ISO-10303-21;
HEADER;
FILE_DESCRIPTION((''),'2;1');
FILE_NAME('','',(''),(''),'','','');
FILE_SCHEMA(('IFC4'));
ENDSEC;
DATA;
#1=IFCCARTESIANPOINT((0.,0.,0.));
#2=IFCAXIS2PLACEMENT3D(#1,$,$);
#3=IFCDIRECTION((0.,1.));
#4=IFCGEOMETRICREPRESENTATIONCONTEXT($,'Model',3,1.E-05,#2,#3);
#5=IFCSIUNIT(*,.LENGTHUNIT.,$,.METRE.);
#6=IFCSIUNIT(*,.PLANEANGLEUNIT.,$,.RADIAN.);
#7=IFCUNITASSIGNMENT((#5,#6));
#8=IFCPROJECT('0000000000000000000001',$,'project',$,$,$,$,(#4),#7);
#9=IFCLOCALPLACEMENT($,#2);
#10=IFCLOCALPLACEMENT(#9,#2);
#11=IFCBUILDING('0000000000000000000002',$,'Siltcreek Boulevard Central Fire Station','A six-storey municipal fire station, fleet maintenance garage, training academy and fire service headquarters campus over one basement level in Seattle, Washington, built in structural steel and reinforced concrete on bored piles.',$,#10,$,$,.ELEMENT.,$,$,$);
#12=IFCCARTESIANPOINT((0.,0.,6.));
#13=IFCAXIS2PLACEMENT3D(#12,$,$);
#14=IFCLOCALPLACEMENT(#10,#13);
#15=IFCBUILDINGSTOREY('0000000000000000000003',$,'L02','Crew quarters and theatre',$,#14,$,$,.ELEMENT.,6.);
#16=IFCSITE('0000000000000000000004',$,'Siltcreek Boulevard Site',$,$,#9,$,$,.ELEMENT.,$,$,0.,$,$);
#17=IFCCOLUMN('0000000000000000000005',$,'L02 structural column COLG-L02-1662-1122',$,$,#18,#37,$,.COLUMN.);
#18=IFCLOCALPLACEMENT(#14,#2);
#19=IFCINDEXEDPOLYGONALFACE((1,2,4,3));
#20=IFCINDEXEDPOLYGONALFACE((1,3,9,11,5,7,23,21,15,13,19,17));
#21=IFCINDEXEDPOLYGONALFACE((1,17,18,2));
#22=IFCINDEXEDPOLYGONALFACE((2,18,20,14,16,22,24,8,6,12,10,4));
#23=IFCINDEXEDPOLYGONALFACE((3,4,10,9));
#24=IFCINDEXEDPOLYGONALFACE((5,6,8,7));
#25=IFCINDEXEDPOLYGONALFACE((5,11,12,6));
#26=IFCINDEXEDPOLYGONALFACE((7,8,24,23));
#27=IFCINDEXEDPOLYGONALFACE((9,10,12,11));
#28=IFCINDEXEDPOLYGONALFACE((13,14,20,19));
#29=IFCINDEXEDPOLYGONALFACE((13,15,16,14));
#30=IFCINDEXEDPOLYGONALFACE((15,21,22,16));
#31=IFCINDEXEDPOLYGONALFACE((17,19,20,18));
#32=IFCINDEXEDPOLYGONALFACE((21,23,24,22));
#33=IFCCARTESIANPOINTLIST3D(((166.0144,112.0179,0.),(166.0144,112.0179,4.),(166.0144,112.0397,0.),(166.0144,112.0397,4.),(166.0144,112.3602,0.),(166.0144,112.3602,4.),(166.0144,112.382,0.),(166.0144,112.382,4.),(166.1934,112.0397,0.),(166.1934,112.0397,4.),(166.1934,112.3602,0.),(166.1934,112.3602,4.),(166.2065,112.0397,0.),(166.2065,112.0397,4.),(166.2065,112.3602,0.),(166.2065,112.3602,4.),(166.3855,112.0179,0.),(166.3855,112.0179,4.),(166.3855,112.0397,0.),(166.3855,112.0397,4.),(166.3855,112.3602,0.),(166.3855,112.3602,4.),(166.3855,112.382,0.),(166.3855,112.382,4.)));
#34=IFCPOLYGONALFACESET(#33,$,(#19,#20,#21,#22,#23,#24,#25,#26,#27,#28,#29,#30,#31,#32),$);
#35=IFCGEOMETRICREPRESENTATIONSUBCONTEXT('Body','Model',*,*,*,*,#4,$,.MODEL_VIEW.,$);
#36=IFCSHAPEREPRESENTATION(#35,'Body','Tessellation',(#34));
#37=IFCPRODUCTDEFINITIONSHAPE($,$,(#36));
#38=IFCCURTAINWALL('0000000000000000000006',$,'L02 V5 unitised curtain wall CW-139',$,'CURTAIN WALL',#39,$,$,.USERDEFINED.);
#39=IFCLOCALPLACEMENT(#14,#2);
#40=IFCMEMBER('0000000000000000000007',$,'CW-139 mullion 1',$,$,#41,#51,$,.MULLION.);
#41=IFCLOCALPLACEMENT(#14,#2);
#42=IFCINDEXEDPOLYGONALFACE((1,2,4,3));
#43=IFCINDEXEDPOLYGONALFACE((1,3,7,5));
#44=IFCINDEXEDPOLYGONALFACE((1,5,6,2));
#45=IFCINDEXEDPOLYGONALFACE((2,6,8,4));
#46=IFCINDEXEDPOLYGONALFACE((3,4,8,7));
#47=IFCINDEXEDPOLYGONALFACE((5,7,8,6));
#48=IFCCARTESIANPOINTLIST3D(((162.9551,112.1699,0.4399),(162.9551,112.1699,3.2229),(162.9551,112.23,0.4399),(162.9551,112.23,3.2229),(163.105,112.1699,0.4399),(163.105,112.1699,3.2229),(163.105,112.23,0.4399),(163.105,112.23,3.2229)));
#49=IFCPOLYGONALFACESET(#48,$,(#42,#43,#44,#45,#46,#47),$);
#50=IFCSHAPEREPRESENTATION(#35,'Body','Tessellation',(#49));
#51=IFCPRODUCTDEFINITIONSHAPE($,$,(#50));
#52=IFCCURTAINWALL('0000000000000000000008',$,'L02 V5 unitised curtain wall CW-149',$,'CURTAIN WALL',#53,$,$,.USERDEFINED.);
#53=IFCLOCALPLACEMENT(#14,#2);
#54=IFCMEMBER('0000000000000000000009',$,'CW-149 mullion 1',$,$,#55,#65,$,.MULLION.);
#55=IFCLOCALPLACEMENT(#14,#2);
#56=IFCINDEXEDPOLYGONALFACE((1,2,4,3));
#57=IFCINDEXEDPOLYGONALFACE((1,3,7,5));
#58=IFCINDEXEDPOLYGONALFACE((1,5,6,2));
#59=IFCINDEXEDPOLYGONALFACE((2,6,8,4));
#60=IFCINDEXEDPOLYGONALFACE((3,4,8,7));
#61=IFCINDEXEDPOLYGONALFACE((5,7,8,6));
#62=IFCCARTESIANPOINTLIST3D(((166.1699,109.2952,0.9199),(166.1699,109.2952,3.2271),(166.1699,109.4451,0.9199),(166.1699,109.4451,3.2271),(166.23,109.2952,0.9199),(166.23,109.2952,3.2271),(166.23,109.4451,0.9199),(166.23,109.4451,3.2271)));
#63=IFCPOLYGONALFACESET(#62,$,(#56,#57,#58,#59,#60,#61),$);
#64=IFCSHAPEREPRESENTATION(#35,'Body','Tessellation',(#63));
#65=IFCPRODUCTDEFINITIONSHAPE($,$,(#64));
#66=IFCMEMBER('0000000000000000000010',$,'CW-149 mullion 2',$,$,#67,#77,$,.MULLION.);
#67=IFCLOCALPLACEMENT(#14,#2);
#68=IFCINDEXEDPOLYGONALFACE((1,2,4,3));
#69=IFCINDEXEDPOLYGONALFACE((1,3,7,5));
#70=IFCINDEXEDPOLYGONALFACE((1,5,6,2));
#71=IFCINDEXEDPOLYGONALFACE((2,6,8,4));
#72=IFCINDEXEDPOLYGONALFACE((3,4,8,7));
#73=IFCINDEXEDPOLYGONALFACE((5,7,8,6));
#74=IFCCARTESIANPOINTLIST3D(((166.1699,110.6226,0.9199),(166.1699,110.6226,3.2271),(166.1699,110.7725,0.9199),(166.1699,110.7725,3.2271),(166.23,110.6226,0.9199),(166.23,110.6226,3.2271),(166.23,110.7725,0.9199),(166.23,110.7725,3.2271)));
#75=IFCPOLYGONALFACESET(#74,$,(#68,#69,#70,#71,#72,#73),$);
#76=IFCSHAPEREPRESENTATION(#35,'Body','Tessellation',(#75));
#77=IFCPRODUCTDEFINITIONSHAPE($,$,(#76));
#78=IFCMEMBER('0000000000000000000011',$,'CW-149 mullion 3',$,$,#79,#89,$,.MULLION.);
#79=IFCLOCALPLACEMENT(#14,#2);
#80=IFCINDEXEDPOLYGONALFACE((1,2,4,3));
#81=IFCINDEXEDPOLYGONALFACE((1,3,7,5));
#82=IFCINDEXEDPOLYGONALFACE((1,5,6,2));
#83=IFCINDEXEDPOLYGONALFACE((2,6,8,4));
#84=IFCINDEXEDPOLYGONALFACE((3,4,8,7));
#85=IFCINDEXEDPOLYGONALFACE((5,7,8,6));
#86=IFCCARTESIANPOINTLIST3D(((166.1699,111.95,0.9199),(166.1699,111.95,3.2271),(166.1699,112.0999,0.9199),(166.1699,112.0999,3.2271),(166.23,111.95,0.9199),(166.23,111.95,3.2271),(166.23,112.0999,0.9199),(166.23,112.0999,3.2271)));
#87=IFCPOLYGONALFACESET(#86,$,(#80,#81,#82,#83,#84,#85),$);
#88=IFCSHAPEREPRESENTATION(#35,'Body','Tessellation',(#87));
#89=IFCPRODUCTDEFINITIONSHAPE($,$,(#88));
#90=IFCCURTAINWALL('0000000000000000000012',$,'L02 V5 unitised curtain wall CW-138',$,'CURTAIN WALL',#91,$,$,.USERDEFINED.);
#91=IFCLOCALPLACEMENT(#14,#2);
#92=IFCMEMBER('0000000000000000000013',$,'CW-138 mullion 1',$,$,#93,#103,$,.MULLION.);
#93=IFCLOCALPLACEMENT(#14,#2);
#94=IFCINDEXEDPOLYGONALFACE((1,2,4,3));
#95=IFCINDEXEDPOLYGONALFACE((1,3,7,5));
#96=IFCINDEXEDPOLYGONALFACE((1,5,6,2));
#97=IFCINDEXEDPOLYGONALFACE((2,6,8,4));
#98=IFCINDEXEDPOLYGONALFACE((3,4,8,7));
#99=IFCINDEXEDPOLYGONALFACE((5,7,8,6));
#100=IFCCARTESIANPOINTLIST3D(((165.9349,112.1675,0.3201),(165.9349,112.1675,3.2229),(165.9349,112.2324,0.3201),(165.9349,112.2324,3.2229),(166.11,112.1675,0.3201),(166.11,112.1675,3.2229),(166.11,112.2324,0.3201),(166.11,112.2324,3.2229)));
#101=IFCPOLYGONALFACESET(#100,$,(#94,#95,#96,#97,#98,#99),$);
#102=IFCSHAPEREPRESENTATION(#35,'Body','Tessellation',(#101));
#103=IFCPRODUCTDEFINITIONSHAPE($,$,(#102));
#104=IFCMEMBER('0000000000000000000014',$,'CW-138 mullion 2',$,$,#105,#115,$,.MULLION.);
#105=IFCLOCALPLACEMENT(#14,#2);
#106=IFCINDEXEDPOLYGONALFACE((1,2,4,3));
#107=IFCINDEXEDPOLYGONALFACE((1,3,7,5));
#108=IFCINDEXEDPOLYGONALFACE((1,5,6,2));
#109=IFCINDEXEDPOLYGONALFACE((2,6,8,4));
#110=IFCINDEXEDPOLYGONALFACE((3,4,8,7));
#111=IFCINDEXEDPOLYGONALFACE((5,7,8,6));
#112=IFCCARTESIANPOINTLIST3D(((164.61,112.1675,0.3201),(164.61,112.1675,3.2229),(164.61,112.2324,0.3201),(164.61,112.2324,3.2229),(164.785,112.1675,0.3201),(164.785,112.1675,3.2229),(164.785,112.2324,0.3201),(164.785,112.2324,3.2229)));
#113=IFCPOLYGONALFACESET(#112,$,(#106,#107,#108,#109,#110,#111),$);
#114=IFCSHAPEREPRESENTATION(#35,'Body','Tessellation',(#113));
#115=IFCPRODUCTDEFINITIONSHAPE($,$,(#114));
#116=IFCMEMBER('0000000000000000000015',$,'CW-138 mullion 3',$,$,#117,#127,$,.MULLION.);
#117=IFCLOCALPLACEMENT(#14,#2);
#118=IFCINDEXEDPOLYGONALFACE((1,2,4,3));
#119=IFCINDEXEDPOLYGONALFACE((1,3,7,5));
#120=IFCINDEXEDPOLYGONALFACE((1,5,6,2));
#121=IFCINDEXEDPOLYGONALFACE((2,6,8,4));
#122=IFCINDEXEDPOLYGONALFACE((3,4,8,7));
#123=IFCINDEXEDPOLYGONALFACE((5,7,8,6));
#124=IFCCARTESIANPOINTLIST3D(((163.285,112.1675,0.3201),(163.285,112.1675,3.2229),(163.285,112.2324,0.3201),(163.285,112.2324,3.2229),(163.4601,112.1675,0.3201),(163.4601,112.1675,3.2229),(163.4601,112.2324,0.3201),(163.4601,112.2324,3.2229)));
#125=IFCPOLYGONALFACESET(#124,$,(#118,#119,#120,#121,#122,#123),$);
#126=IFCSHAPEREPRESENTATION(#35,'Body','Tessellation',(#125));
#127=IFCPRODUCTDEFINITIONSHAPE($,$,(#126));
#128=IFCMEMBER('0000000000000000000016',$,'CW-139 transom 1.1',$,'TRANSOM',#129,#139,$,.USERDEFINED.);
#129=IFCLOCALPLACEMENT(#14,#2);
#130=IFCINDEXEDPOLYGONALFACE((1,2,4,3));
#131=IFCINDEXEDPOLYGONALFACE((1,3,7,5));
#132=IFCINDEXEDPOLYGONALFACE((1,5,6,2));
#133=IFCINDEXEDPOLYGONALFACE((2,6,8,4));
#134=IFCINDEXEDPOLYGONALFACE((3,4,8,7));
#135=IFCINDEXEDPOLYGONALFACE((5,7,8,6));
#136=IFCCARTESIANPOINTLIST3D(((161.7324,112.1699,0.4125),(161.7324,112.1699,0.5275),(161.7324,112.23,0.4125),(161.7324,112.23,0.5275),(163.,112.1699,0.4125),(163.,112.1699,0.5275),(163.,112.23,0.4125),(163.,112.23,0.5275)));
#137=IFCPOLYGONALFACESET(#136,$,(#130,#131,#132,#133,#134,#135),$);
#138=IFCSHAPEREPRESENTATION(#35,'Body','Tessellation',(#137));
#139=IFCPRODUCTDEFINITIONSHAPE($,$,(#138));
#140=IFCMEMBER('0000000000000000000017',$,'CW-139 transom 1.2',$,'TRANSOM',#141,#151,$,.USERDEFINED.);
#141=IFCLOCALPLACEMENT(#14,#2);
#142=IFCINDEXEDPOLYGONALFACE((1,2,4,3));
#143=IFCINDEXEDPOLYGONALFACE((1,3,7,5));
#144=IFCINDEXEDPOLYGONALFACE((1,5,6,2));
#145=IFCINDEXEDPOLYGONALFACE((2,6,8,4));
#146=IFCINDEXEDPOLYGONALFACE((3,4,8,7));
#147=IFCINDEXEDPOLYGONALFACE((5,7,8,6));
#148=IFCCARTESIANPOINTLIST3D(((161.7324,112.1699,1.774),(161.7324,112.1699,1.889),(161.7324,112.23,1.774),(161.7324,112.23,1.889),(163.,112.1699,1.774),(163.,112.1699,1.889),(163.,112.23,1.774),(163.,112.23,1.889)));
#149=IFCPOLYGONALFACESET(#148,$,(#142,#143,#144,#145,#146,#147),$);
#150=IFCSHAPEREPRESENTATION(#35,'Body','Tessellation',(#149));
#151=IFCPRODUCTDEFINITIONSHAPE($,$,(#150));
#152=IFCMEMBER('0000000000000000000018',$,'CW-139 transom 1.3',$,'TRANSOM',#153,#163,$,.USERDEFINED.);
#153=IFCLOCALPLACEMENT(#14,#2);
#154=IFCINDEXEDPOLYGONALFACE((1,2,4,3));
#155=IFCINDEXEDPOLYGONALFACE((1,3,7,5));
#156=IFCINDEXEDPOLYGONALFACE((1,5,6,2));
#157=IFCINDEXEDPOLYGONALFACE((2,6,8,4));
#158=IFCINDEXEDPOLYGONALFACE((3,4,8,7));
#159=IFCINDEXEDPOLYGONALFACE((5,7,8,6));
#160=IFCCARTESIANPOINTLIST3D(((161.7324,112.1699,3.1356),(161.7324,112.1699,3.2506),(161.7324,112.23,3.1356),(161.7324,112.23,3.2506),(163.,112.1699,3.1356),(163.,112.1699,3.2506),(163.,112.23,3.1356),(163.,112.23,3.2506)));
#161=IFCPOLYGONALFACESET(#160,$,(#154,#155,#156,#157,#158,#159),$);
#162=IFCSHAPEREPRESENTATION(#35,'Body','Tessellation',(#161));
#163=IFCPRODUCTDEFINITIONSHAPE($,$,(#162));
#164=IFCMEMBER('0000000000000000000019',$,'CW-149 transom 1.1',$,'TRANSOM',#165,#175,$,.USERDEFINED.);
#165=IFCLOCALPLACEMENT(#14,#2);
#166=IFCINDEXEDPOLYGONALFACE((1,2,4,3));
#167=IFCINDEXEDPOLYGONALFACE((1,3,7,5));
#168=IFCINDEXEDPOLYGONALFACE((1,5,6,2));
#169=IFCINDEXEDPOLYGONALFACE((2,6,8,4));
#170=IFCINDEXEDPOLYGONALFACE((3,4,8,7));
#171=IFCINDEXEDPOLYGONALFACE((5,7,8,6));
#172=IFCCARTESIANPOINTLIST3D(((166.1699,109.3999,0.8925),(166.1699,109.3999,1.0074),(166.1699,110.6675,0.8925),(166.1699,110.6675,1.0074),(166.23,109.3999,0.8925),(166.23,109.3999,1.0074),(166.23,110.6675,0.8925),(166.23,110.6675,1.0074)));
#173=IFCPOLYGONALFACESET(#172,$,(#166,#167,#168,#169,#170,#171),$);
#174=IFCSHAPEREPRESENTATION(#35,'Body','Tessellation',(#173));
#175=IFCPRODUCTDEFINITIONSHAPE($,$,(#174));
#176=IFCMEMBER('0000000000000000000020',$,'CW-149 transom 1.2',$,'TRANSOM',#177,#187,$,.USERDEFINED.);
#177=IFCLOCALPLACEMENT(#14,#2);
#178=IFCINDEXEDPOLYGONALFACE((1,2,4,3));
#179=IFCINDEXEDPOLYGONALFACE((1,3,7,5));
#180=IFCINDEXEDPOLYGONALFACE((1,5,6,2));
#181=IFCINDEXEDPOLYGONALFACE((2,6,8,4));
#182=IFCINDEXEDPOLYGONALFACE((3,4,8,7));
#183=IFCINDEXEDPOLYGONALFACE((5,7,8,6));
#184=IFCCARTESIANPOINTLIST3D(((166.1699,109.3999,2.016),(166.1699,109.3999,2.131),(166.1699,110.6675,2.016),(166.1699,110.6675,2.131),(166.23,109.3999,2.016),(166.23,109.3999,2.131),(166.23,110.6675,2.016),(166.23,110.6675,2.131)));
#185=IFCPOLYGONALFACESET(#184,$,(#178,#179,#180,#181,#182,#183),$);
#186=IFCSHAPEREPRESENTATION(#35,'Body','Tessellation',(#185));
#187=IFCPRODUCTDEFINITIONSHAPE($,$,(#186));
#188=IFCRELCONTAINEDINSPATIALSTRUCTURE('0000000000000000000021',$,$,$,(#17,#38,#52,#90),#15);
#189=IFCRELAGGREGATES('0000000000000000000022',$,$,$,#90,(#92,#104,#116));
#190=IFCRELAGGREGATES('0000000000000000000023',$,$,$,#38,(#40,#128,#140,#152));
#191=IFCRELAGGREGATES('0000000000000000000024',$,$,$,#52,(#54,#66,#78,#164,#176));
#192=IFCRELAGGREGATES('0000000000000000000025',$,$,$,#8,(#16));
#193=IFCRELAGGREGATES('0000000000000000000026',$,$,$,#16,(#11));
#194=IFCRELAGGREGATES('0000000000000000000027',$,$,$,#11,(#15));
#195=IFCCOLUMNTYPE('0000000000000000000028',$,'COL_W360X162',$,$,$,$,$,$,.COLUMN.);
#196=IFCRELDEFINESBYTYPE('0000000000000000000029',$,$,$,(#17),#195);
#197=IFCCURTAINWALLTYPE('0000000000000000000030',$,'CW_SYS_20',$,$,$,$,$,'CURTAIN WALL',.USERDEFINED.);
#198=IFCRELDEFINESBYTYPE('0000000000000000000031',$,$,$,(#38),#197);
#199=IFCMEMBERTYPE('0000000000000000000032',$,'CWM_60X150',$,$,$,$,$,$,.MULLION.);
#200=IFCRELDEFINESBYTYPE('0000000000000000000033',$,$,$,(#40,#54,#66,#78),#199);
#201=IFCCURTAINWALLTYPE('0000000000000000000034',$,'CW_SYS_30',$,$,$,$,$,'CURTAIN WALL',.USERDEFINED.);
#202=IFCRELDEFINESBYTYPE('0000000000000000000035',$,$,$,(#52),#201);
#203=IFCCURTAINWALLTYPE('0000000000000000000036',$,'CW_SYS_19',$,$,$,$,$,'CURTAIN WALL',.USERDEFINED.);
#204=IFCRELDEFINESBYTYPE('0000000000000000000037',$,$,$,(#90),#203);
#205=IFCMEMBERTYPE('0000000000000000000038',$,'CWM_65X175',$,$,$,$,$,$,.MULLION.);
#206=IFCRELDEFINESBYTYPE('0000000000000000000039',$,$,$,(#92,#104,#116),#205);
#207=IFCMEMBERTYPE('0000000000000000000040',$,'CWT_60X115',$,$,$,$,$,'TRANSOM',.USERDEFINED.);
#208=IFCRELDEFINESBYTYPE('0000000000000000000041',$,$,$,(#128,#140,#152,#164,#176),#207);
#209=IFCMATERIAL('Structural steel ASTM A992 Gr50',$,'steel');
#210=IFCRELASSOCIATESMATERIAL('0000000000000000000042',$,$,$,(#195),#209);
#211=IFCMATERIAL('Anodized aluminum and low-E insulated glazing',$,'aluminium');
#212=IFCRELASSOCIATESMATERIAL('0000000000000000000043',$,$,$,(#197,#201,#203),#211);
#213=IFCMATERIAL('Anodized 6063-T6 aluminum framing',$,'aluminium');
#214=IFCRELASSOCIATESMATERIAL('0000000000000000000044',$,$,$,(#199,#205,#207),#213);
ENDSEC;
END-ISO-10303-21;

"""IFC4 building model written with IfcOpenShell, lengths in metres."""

from ifc_helpers import new_model, si_unit, direction, frame, origin, origin_2d, place, context, subcontext, project, spatial, rectangle, i_section, extrude, material, material_profile, profile_set, type_object, element, aggregate, save


model = new_model("IFC4")

# Units and contexts
model_context = context("Model", 3, precision=1e-05, world=origin(), true_north=direction((0.0, 1.0)))
body_context = subcontext(model_context, "Body", "Model", "MODEL_VIEW")
ifc_project = project(units=[si_unit("LENGTHUNIT", "METRE"), si_unit("PLANEANGLEUNIT", "RADIAN")], contexts=[model_context])

# Site, building, storey
site_placement = place(None, origin())
site = spatial("IfcSite", under=ifc_project, at=site_placement, Name="Siltcreek Boulevard Site", CompositionType="ELEMENT", RefElevation=0.0)
building_placement = place(site_placement, origin())
building = spatial("IfcBuilding", under=site, at=building_placement, Name="Siltcreek Boulevard Central Fire Station", Description="A six-storey municipal fire station, fleet maintenance garage, training academy and fire service headquarters campus over one basement level in Seattle, Washington, built in structural steel and reinforced concrete on bored piles.", CompositionType="ELEMENT")
storey_placement = place(building_placement, frame((0.0, 0.0, 6.0)))
storey = spatial("IfcBuildingStorey", under=building, at=storey_placement, Name="L02", Description="Crew quarters and theatre", CompositionType="ELEMENT", Elevation=6.0)

# Column
ifc_material_1 = material(Name="Structural steel ASTM A992 Gr50", Category="steel")
ifc_material_profile_1 = material_profile(ifc_material_1, i_section(OverallWidth=0.3711, OverallDepth=0.364, WebThickness=0.0132, FlangeThickness=0.0217, at=origin_2d()), Name="W360X162")
ifc_profile_set_1 = profile_set([ifc_material_profile_1], Name="Structural steel ASTM A992 Gr50")
column_type = type_object("IfcColumnType", Name="COL_W360X162", PredefinedType="COLUMN", material=ifc_profile_set_1)
column_placement = place(storey_placement, frame((166.2, 112.2, 0.0), z_axis=(0.0, 0.0, 1.0), x_axis=(1.0, 0.0, 0.0)))
element("IfcColumn", 1, at=column_placement, inside=storey, type_object=column_type, Name="L02 structural column COLG-L02-1662-1122", PredefinedType="COLUMN", context=body_context, shape_type="SweptSolid", body=[
    extrude(i_section(OverallWidth=0.3711, OverallDepth=0.364, WebThickness=0.0132, FlangeThickness=0.0217, at=origin_2d()), origin(), (0.0, 0.0, 1.0), 4.0),
])

# Curtain wall, member
ifc_material_2 = material(Name="Anodized aluminum and low-E insulated glazing", Category="aluminium")
curtain_wall_type_1 = type_object("IfcCurtainWallType", Name="CW_SYS_20", ElementType="CURTAIN WALL", PredefinedType="USERDEFINED", material=ifc_material_2)
curtain_wall_1_placement = place(storey_placement, origin())
curtain_wall_1 = element("IfcCurtainWall", 2, at=curtain_wall_1_placement, inside=storey, type_object=curtain_wall_type_1, Name="L02 V5 unitised curtain wall CW-139", ObjectType="CURTAIN WALL", PredefinedType="USERDEFINED")
ifc_material_3 = material(Name="Anodized 6063-T6 aluminum framing", Category="aluminium")
ifc_material_profile_2 = material_profile(ifc_material_3, rectangle(XDim=0.0601, YDim=0.1499, at=origin_2d()), Name="MULL60X150")
ifc_profile_set_2 = profile_set([ifc_material_profile_2], Name="Anodized 6063-T6 aluminum framing")
member_type_1 = type_object("IfcMemberType", Name="CWM_60X150", PredefinedType="MULLION", material=ifc_profile_set_2)
member_1_placement = place(storey_placement, frame((163.03, 112.2, 0.4399), z_axis=(0.0, 0.0, 1.0), x_axis=(0.0, -1.0, 0.0)))
member_1 = element("IfcMember", 3, at=member_1_placement, type_object=member_type_1, Name="CW-139 mullion 1", PredefinedType="MULLION", context=body_context, shape_type="SweptSolid", body=[
    extrude(rectangle(XDim=0.0601, YDim=0.1499, at=origin_2d()), origin(), (0.0, 0.0, 1.0), 2.783),
])

# Curtain walls, members
curtain_wall_type_2 = type_object("IfcCurtainWallType", Name="CW_SYS_30", ElementType="CURTAIN WALL", PredefinedType="USERDEFINED", material=ifc_material_2)
curtain_wall_2_placement = place(storey_placement, origin())
curtain_wall_2 = element("IfcCurtainWall", 4, at=curtain_wall_2_placement, inside=storey, type_object=curtain_wall_type_2, Name="L02 V5 unitised curtain wall CW-149", ObjectType="CURTAIN WALL", PredefinedType="USERDEFINED")
member_2_placement = place(storey_placement, frame((166.2, 109.3701, 0.9199), z_axis=(0.0, 0.0, 1.0), x_axis=(-1.0, 0.0, 0.0)))
member_2 = element("IfcMember", 5, at=member_2_placement, type_object=member_type_1, Name="CW-149 mullion 1", PredefinedType="MULLION", context=body_context, shape_type="SweptSolid", body=[
    extrude(rectangle(XDim=0.0601, YDim=0.1499, at=origin_2d()), origin(), (0.0, 0.0, 1.0), 2.3071),
])
member_3_placement = place(storey_placement, frame((166.2, 110.6975, 0.9199), z_axis=(0.0, 0.0, 1.0), x_axis=(-1.0, 0.0, 0.0)))
member_3 = element("IfcMember", 6, at=member_3_placement, type_object=member_type_1, Name="CW-149 mullion 2", PredefinedType="MULLION", context=body_context, shape_type="SweptSolid", body=[
    extrude(rectangle(XDim=0.0601, YDim=0.1499, at=origin_2d()), origin(), (0.0, 0.0, 1.0), 2.3071),
])
member_4_placement = place(storey_placement, frame((166.2, 112.0249, 0.9199), z_axis=(0.0, 0.0, 1.0), x_axis=(-1.0, 0.0, 0.0)))
member_4 = element("IfcMember", 7, at=member_4_placement, type_object=member_type_1, Name="CW-149 mullion 3", PredefinedType="MULLION", context=body_context, shape_type="SweptSolid", body=[
    extrude(rectangle(XDim=0.0601, YDim=0.1499, at=origin_2d()), origin(), (0.0, 0.0, 1.0), 2.3071),
])
curtain_wall_type_3 = type_object("IfcCurtainWallType", Name="CW_SYS_19", ElementType="CURTAIN WALL", PredefinedType="USERDEFINED", material=ifc_material_2)
curtain_wall_3_placement = place(storey_placement, origin())
curtain_wall_3 = element("IfcCurtainWall", 8, at=curtain_wall_3_placement, inside=storey, type_object=curtain_wall_type_3, Name="L02 V5 unitised curtain wall CW-138", ObjectType="CURTAIN WALL", PredefinedType="USERDEFINED")
ifc_material_profile_3 = material_profile(ifc_material_3, rectangle(XDim=0.0649, YDim=0.175, at=origin_2d()), Name="MULL65X175")
ifc_profile_set_3 = profile_set([ifc_material_profile_3], Name="Anodized 6063-T6 aluminum framing")
member_type_2 = type_object("IfcMemberType", Name="CWM_65X175", PredefinedType="MULLION", material=ifc_profile_set_3)
member_5_placement = place(storey_placement, frame((166.0225, 112.2, 0.3201), z_axis=(0.0, 0.0, 1.0), x_axis=(0.0, -1.0, 0.0)))
member_5 = element("IfcMember", 9, at=member_5_placement, type_object=member_type_2, Name="CW-138 mullion 1", PredefinedType="MULLION", context=body_context, shape_type="SweptSolid", body=[
    extrude(rectangle(XDim=0.0649, YDim=0.175, at=origin_2d()), origin(), (0.0, 0.0, 1.0), 2.9028),
])
member_6_placement = place(storey_placement, frame((164.6975, 112.2, 0.3201), z_axis=(0.0, 0.0, 1.0), x_axis=(0.0, -1.0, 0.0)))
member_6 = element("IfcMember", 10, at=member_6_placement, type_object=member_type_2, Name="CW-138 mullion 2", PredefinedType="MULLION", context=body_context, shape_type="SweptSolid", body=[
    extrude(rectangle(XDim=0.0649, YDim=0.175, at=origin_2d()), origin(), (0.0, 0.0, 1.0), 2.9028),
])
member_7_placement = place(storey_placement, frame((163.3726, 112.2, 0.3201), z_axis=(0.0, 0.0, 1.0), x_axis=(0.0, -1.0, 0.0)))
member_7 = element("IfcMember", 11, at=member_7_placement, type_object=member_type_2, Name="CW-138 mullion 3", PredefinedType="MULLION", context=body_context, shape_type="SweptSolid", body=[
    extrude(rectangle(XDim=0.0649, YDim=0.175, at=origin_2d()), origin(), (0.0, 0.0, 1.0), 2.9028),
])

# Members
ifc_material_profile_4 = material_profile(ifc_material_3, rectangle(XDim=0.0601, YDim=0.115, at=origin_2d()), Name="TRAN60X115")
ifc_profile_set_4 = profile_set([ifc_material_profile_4], Name="Anodized 6063-T6 aluminum framing")
member_type_3 = type_object("IfcMemberType", Name="CWT_60X115", ElementType="TRANSOM", PredefinedType="USERDEFINED", material=ifc_profile_set_4)
member_8_placement = place(storey_placement, frame((163.0, 112.2, 0.47), z_axis=(-1.0, 0.0, 0.0), x_axis=(0.0, -1.0, 0.0)))
member_8 = element("IfcMember", 12, at=member_8_placement, type_object=member_type_3, Name="CW-139 transom 1.1", ObjectType="TRANSOM", PredefinedType="USERDEFINED", context=body_context, shape_type="SweptSolid", body=[
    extrude(rectangle(XDim=0.0601, YDim=0.115, at=origin_2d()), origin(), (0.0, 0.0, 1.0), 1.2676),
])
member_9_placement = place(storey_placement, frame((163.0, 112.2, 1.8315), z_axis=(-1.0, 0.0, 0.0), x_axis=(0.0, -1.0, 0.0)))
member_9 = element("IfcMember", 13, at=member_9_placement, type_object=member_type_3, Name="CW-139 transom 1.2", ObjectType="TRANSOM", PredefinedType="USERDEFINED", context=body_context, shape_type="SweptSolid", body=[
    extrude(rectangle(XDim=0.0601, YDim=0.115, at=origin_2d()), origin(), (0.0, 0.0, 1.0), 1.2676),
])
member_10_placement = place(storey_placement, frame((163.0, 112.2, 3.1931), z_axis=(-1.0, 0.0, 0.0), x_axis=(0.0, -1.0, 0.0)))
member_10 = element("IfcMember", 14, at=member_10_placement, type_object=member_type_3, Name="CW-139 transom 1.3", ObjectType="TRANSOM", PredefinedType="USERDEFINED", context=body_context, shape_type="SweptSolid", body=[
    extrude(rectangle(XDim=0.0601, YDim=0.115, at=origin_2d()), origin(), (0.0, 0.0, 1.0), 1.2676),
])
member_11_placement = place(storey_placement, frame((166.2, 109.3999, 0.95), z_axis=(0.0, 1.0, 0.0), x_axis=(-1.0, 0.0, 0.0)))
member_11 = element("IfcMember", 15, at=member_11_placement, type_object=member_type_3, Name="CW-149 transom 1.1", ObjectType="TRANSOM", PredefinedType="USERDEFINED", context=body_context, shape_type="SweptSolid", body=[
    extrude(rectangle(XDim=0.0601, YDim=0.115, at=origin_2d()), origin(), (0.0, 0.0, 1.0), 1.2676),
])
member_12_placement = place(storey_placement, frame((166.2, 109.3999, 2.0735), z_axis=(0.0, 1.0, 0.0), x_axis=(-1.0, 0.0, 0.0)))
member_12 = element("IfcMember", 16, at=member_12_placement, type_object=member_type_3, Name="CW-149 transom 1.2", ObjectType="TRANSOM", PredefinedType="USERDEFINED", context=body_context, shape_type="SweptSolid", body=[
    extrude(rectangle(XDim=0.0601, YDim=0.115, at=origin_2d()), origin(), (0.0, 0.0, 1.0), 1.2676),
])

aggregate(curtain_wall_3, [member_5, member_6, member_7])
aggregate(curtain_wall_1, [member_1, member_8, member_9, member_10])
aggregate(curtain_wall_2, [member_2, member_3, member_4, member_11, member_12])

save(model, "model.ifc")
